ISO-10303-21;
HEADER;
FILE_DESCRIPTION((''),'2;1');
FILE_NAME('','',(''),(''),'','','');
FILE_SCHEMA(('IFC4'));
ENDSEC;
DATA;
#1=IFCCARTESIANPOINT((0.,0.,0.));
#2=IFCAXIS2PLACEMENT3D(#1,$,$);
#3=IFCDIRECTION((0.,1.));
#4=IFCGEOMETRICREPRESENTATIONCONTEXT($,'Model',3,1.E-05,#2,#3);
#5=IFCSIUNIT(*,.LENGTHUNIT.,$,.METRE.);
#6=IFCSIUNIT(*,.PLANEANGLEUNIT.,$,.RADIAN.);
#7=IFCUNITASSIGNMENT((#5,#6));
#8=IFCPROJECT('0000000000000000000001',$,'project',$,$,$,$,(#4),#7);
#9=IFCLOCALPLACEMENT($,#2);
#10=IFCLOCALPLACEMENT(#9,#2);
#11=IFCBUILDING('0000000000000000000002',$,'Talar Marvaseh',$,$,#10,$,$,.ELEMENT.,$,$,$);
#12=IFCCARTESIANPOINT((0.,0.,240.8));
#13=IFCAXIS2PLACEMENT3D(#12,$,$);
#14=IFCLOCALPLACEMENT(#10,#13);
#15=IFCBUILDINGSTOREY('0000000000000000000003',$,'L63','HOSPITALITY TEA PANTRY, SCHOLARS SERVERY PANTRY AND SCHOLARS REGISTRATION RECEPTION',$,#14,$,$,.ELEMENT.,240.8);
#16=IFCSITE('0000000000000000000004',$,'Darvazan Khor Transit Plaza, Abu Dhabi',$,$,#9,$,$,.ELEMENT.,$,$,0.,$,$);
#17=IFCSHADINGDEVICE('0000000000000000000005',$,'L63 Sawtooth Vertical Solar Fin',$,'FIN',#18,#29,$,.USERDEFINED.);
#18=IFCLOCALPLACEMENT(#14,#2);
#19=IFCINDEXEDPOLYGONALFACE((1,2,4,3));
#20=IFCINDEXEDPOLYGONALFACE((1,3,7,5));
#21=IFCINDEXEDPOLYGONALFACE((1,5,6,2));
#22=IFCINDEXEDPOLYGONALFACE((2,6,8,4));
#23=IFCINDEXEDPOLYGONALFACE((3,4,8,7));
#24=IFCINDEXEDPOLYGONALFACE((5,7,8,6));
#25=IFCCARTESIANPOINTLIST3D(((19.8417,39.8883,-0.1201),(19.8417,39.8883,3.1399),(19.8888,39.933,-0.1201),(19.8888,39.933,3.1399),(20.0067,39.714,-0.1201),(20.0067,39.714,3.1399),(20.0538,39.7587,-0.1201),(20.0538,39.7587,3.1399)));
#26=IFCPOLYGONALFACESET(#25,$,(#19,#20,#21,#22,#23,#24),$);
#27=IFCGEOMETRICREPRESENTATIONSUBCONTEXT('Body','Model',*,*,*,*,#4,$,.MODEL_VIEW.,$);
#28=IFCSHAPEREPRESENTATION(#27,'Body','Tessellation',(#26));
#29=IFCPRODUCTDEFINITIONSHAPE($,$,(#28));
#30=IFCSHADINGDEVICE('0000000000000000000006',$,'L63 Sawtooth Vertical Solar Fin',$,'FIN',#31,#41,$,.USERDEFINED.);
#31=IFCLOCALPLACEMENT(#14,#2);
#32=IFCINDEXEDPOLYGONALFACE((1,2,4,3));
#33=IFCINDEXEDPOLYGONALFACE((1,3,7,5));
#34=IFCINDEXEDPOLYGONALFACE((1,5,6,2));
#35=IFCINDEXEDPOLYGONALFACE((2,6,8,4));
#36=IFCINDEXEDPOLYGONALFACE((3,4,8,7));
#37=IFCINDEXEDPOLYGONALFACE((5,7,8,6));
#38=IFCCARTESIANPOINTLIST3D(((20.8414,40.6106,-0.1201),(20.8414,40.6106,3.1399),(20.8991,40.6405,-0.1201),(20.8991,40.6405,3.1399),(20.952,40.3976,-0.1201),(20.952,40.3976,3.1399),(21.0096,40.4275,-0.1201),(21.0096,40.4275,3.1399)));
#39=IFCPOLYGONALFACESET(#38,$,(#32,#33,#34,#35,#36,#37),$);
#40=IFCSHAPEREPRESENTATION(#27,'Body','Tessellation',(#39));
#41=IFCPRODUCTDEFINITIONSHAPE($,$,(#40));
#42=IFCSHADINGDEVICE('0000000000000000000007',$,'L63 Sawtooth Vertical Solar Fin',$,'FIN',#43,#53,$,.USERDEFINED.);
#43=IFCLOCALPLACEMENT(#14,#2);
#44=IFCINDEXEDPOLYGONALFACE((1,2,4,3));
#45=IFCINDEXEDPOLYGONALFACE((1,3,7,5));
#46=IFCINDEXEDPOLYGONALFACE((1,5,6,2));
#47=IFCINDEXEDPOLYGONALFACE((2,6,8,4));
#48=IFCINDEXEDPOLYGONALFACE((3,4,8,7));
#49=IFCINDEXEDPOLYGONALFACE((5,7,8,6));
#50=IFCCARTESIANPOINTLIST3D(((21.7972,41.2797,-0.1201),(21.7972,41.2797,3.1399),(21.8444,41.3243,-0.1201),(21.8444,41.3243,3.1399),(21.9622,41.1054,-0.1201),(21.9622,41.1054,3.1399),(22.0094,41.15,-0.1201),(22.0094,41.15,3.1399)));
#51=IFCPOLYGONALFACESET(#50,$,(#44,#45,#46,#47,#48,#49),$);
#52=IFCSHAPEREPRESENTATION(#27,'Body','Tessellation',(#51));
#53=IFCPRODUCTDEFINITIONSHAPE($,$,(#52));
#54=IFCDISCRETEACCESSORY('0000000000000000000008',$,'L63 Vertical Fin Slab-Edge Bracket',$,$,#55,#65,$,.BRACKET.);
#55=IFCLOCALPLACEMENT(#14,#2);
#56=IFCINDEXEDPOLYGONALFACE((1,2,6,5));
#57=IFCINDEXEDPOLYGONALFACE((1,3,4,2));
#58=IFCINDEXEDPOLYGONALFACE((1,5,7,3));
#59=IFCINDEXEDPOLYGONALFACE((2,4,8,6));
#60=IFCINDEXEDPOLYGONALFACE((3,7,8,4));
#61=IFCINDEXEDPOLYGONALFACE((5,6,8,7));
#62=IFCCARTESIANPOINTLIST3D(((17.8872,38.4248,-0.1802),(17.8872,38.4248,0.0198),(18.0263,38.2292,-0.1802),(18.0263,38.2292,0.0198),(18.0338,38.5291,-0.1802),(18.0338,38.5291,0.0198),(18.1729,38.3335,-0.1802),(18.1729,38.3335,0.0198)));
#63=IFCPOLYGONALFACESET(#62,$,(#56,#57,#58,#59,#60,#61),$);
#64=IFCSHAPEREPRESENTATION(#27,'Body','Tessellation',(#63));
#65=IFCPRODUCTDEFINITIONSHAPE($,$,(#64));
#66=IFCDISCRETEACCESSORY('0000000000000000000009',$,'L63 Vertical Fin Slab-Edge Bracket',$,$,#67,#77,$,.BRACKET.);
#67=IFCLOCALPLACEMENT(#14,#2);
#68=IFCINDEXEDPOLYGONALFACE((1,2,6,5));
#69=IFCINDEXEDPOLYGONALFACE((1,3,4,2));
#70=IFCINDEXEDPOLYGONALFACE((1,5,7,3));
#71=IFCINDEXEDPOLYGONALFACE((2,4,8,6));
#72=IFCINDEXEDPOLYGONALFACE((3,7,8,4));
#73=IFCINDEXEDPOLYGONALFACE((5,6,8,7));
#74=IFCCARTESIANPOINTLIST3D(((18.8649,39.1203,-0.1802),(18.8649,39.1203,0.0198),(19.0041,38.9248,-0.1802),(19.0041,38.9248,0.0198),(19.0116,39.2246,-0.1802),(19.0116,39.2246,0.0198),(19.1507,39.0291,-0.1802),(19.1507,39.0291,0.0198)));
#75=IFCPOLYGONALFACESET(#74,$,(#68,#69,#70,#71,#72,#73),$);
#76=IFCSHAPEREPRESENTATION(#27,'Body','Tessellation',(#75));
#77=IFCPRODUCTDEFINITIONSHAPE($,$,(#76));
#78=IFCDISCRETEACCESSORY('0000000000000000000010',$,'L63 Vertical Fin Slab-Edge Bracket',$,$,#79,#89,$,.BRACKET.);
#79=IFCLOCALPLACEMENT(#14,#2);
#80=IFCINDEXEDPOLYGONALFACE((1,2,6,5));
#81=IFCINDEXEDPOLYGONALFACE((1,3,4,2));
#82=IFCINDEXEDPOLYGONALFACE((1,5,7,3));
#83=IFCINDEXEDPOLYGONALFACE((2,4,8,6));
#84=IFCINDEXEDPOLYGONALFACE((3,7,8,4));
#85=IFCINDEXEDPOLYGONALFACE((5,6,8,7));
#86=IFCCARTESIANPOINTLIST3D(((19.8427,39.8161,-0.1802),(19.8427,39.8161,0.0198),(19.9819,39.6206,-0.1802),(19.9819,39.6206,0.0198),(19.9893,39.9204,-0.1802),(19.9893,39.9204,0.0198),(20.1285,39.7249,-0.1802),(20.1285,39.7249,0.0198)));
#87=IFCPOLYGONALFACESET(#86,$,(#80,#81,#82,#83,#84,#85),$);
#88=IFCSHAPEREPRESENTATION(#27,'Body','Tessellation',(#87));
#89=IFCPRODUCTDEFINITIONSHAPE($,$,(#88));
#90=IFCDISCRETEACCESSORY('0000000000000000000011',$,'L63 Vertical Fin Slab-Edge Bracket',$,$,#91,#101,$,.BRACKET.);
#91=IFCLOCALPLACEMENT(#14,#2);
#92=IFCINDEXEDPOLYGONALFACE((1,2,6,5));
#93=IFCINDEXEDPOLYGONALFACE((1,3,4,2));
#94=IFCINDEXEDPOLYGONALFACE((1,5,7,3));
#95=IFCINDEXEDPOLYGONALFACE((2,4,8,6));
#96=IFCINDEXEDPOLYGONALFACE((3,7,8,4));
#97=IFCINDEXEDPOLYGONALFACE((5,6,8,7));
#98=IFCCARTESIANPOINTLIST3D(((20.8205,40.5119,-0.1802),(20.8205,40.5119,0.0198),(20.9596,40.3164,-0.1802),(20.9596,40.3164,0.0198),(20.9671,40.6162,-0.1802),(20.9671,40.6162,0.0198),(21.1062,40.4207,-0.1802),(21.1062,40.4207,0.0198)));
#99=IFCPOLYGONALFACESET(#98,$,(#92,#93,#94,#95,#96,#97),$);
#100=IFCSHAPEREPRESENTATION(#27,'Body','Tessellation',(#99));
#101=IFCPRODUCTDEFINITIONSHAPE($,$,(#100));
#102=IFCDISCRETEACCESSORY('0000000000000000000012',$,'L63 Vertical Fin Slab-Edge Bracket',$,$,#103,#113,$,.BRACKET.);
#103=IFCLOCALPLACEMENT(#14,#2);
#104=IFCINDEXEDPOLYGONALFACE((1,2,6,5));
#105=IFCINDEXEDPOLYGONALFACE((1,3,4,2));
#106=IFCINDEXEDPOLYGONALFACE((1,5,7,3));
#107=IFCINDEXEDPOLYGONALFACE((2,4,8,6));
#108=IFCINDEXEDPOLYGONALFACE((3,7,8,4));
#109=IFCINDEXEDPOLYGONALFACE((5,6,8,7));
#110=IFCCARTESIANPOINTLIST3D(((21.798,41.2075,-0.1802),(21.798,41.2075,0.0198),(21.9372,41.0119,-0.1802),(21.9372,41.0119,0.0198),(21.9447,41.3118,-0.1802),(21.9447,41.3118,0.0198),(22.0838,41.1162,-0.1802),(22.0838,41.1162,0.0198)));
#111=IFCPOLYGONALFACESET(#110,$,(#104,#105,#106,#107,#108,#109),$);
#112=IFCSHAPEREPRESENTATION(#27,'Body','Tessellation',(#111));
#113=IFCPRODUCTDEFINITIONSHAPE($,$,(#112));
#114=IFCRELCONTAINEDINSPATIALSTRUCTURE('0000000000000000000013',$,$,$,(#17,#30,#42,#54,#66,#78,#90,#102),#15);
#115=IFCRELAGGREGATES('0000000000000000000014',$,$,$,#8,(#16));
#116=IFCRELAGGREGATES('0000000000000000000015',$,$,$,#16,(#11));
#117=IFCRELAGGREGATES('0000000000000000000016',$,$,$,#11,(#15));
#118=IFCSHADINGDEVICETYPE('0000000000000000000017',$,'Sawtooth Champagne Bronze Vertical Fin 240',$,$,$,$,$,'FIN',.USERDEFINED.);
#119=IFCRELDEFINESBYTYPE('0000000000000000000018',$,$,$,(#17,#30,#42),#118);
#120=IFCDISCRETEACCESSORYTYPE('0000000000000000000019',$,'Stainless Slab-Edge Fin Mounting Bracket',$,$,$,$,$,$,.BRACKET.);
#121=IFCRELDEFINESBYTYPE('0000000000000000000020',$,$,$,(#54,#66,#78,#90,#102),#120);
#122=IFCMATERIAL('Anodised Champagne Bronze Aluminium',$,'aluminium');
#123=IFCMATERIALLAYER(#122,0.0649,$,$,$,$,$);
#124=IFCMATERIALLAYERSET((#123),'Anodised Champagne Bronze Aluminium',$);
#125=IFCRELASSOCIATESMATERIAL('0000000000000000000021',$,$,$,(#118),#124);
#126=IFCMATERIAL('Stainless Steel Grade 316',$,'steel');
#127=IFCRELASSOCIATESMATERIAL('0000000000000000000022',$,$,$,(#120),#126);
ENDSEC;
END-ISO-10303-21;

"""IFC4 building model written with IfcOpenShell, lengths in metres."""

from ifc_helpers import new_model, si_unit, direction, frame, origin, origin_2d, place, context, subcontext, project, spatial, rectangle, extrude, source, transform, mapped, material, layer, layer_set, type_object, type_shapes, element, save


model = new_model("IFC4")

# Units and contexts
model_context = context("Model", 3, precision=1e-05, world=origin(), true_north=direction((0.0, 1.0)))
body_context = subcontext(model_context, "Body", "Model", "MODEL_VIEW")
ifc_project = project(units=[si_unit("LENGTHUNIT", "METRE"), si_unit("PLANEANGLEUNIT", "RADIAN")], contexts=[model_context])

# Site, building, storey
site_placement = place(None, origin())
site = spatial("IfcSite", under=ifc_project, at=site_placement, Name="Darvazan Khor Transit Plaza, Abu Dhabi", CompositionType="ELEMENT", RefElevation=0.0)
building_placement = place(site_placement, origin())
building = spatial("IfcBuilding", under=site, at=building_placement, Name="Talar Marvaseh", CompositionType="ELEMENT")
storey_placement = place(building_placement, frame((0.0, 0.0, 240.8)))
storey = spatial("IfcBuildingStorey", under=building, at=storey_placement, Name="L63", Description="HOSPITALITY TEA PANTRY, SCHOLARS SERVERY PANTRY AND SCHOLARS REGISTRATION RECEPTION", CompositionType="ELEMENT", Elevation=240.8)

# Shading devices
ifc_material_1 = material(Name="Anodised Champagne Bronze Aluminium", Category="aluminium")
ifc_layer_1 = layer(ifc_material_1, 0.0649)
ifc_layer_set_1 = layer_set([ifc_layer_1], Name="Anodised Champagne Bronze Aluminium")
shading_device_type = type_object("IfcShadingDeviceType", Name="Sawtooth Champagne Bronze Vertical Fin 240", ElementType="FIN", PredefinedType="USERDEFINED", material=ifc_layer_set_1)
shared_shape_1 = source(origin(), body_context, "Body", "SweptSolid", [
    extrude(rectangle(XDim=0.24, YDim=0.0649, at=origin_2d()), origin(), (0.0, 0.0, 1.0), 3.26),
])
type_shapes(shading_device_type, [shared_shape_1])
for number, where, z_axis, x_axis, name in (
    (1, (19.9478, 39.8235, -0.1201), (0.0, 0.0, 1.0), (-0.687468, 0.726215, 0.0), "L63 Sawtooth Vertical Solar Fin"),
    (2, (20.9255, 40.519, -0.1201), (0.0, 0.0, 1.0), (-0.460665, 0.887574, 0.0), "L63 Sawtooth Vertical Solar Fin"),
    (3, (21.9033, 41.2148, -0.1201), (0.0, 0.0, 1.0), (-0.687468, 0.726215, 0.0), "L63 Sawtooth Vertical Solar Fin"),
):
    element("IfcShadingDevice", number, at=place(storey_placement, frame(where, z_axis=z_axis, x_axis=x_axis)), inside=storey, type_object=shading_device_type, Name=name, ObjectType="FIN", PredefinedType="USERDEFINED", context=body_context, shape_type="MappedRepresentation", body=[
        mapped(shared_shape_1, transform((0.0, 0.0, 0.0), x_axis=(1.0, 0.0, 0.0), y_axis=(0.0, 1.0, 0.0), z_axis=(0.0, 0.0, 1.0), scale=1.0)),
    ])

# Discrete accessories
ifc_material_2 = material(Name="Stainless Steel Grade 316", Category="steel")
discrete_accessory_type = type_object("IfcDiscreteAccessoryType", Name="Stainless Slab-Edge Fin Mounting Bracket", PredefinedType="BRACKET", material=ifc_material_2)
shared_shape_2 = source(origin(), body_context, "Body", "SweptSolid", [
    extrude(rectangle(XDim=0.24, YDim=0.1799, at=origin_2d()), origin(), (0.0, 0.0, 1.0), 0.2),
])
type_shapes(discrete_accessory_type, [shared_shape_2])
for number, where, z_axis, x_axis, name in (
    (4, (18.03, 38.3792, -0.1802), (0.0, 0.0, 1.0), (-0.579708, 0.814824, 0.0), "L63 Vertical Fin Slab-Edge Bracket"),
    (5, (19.0078, 39.0747, -0.1802), (0.0, 0.0, 1.0), (-0.579708, 0.814824, 0.0), "L63 Vertical Fin Slab-Edge Bracket"),
    (6, (19.9856, 39.7705, -0.1802), (0.0, 0.0, 1.0), (-0.579708, 0.814824, 0.0), "L63 Vertical Fin Slab-Edge Bracket"),
    (7, (20.9634, 40.4663, -0.1802), (0.0, 0.0, 1.0), (-0.579708, 0.814824, 0.0), "L63 Vertical Fin Slab-Edge Bracket"),
    (8, (21.9409, 41.1619, -0.1802), (0.0, 0.0, 1.0), (-0.579708, 0.814824, 0.0), "L63 Vertical Fin Slab-Edge Bracket"),
):
    element("IfcDiscreteAccessory", number, at=place(storey_placement, frame(where, z_axis=z_axis, x_axis=x_axis)), inside=storey, type_object=discrete_accessory_type, Name=name, PredefinedType="BRACKET", context=body_context, shape_type="MappedRepresentation", body=[
        mapped(shared_shape_2, transform((0.0, 0.0, 0.0), x_axis=(1.0, 0.0, 0.0), y_axis=(0.0, 1.0, 0.0), z_axis=(0.0, 0.0, 1.0), scale=1.0)),
    ])

save(model, "model.ifc")
